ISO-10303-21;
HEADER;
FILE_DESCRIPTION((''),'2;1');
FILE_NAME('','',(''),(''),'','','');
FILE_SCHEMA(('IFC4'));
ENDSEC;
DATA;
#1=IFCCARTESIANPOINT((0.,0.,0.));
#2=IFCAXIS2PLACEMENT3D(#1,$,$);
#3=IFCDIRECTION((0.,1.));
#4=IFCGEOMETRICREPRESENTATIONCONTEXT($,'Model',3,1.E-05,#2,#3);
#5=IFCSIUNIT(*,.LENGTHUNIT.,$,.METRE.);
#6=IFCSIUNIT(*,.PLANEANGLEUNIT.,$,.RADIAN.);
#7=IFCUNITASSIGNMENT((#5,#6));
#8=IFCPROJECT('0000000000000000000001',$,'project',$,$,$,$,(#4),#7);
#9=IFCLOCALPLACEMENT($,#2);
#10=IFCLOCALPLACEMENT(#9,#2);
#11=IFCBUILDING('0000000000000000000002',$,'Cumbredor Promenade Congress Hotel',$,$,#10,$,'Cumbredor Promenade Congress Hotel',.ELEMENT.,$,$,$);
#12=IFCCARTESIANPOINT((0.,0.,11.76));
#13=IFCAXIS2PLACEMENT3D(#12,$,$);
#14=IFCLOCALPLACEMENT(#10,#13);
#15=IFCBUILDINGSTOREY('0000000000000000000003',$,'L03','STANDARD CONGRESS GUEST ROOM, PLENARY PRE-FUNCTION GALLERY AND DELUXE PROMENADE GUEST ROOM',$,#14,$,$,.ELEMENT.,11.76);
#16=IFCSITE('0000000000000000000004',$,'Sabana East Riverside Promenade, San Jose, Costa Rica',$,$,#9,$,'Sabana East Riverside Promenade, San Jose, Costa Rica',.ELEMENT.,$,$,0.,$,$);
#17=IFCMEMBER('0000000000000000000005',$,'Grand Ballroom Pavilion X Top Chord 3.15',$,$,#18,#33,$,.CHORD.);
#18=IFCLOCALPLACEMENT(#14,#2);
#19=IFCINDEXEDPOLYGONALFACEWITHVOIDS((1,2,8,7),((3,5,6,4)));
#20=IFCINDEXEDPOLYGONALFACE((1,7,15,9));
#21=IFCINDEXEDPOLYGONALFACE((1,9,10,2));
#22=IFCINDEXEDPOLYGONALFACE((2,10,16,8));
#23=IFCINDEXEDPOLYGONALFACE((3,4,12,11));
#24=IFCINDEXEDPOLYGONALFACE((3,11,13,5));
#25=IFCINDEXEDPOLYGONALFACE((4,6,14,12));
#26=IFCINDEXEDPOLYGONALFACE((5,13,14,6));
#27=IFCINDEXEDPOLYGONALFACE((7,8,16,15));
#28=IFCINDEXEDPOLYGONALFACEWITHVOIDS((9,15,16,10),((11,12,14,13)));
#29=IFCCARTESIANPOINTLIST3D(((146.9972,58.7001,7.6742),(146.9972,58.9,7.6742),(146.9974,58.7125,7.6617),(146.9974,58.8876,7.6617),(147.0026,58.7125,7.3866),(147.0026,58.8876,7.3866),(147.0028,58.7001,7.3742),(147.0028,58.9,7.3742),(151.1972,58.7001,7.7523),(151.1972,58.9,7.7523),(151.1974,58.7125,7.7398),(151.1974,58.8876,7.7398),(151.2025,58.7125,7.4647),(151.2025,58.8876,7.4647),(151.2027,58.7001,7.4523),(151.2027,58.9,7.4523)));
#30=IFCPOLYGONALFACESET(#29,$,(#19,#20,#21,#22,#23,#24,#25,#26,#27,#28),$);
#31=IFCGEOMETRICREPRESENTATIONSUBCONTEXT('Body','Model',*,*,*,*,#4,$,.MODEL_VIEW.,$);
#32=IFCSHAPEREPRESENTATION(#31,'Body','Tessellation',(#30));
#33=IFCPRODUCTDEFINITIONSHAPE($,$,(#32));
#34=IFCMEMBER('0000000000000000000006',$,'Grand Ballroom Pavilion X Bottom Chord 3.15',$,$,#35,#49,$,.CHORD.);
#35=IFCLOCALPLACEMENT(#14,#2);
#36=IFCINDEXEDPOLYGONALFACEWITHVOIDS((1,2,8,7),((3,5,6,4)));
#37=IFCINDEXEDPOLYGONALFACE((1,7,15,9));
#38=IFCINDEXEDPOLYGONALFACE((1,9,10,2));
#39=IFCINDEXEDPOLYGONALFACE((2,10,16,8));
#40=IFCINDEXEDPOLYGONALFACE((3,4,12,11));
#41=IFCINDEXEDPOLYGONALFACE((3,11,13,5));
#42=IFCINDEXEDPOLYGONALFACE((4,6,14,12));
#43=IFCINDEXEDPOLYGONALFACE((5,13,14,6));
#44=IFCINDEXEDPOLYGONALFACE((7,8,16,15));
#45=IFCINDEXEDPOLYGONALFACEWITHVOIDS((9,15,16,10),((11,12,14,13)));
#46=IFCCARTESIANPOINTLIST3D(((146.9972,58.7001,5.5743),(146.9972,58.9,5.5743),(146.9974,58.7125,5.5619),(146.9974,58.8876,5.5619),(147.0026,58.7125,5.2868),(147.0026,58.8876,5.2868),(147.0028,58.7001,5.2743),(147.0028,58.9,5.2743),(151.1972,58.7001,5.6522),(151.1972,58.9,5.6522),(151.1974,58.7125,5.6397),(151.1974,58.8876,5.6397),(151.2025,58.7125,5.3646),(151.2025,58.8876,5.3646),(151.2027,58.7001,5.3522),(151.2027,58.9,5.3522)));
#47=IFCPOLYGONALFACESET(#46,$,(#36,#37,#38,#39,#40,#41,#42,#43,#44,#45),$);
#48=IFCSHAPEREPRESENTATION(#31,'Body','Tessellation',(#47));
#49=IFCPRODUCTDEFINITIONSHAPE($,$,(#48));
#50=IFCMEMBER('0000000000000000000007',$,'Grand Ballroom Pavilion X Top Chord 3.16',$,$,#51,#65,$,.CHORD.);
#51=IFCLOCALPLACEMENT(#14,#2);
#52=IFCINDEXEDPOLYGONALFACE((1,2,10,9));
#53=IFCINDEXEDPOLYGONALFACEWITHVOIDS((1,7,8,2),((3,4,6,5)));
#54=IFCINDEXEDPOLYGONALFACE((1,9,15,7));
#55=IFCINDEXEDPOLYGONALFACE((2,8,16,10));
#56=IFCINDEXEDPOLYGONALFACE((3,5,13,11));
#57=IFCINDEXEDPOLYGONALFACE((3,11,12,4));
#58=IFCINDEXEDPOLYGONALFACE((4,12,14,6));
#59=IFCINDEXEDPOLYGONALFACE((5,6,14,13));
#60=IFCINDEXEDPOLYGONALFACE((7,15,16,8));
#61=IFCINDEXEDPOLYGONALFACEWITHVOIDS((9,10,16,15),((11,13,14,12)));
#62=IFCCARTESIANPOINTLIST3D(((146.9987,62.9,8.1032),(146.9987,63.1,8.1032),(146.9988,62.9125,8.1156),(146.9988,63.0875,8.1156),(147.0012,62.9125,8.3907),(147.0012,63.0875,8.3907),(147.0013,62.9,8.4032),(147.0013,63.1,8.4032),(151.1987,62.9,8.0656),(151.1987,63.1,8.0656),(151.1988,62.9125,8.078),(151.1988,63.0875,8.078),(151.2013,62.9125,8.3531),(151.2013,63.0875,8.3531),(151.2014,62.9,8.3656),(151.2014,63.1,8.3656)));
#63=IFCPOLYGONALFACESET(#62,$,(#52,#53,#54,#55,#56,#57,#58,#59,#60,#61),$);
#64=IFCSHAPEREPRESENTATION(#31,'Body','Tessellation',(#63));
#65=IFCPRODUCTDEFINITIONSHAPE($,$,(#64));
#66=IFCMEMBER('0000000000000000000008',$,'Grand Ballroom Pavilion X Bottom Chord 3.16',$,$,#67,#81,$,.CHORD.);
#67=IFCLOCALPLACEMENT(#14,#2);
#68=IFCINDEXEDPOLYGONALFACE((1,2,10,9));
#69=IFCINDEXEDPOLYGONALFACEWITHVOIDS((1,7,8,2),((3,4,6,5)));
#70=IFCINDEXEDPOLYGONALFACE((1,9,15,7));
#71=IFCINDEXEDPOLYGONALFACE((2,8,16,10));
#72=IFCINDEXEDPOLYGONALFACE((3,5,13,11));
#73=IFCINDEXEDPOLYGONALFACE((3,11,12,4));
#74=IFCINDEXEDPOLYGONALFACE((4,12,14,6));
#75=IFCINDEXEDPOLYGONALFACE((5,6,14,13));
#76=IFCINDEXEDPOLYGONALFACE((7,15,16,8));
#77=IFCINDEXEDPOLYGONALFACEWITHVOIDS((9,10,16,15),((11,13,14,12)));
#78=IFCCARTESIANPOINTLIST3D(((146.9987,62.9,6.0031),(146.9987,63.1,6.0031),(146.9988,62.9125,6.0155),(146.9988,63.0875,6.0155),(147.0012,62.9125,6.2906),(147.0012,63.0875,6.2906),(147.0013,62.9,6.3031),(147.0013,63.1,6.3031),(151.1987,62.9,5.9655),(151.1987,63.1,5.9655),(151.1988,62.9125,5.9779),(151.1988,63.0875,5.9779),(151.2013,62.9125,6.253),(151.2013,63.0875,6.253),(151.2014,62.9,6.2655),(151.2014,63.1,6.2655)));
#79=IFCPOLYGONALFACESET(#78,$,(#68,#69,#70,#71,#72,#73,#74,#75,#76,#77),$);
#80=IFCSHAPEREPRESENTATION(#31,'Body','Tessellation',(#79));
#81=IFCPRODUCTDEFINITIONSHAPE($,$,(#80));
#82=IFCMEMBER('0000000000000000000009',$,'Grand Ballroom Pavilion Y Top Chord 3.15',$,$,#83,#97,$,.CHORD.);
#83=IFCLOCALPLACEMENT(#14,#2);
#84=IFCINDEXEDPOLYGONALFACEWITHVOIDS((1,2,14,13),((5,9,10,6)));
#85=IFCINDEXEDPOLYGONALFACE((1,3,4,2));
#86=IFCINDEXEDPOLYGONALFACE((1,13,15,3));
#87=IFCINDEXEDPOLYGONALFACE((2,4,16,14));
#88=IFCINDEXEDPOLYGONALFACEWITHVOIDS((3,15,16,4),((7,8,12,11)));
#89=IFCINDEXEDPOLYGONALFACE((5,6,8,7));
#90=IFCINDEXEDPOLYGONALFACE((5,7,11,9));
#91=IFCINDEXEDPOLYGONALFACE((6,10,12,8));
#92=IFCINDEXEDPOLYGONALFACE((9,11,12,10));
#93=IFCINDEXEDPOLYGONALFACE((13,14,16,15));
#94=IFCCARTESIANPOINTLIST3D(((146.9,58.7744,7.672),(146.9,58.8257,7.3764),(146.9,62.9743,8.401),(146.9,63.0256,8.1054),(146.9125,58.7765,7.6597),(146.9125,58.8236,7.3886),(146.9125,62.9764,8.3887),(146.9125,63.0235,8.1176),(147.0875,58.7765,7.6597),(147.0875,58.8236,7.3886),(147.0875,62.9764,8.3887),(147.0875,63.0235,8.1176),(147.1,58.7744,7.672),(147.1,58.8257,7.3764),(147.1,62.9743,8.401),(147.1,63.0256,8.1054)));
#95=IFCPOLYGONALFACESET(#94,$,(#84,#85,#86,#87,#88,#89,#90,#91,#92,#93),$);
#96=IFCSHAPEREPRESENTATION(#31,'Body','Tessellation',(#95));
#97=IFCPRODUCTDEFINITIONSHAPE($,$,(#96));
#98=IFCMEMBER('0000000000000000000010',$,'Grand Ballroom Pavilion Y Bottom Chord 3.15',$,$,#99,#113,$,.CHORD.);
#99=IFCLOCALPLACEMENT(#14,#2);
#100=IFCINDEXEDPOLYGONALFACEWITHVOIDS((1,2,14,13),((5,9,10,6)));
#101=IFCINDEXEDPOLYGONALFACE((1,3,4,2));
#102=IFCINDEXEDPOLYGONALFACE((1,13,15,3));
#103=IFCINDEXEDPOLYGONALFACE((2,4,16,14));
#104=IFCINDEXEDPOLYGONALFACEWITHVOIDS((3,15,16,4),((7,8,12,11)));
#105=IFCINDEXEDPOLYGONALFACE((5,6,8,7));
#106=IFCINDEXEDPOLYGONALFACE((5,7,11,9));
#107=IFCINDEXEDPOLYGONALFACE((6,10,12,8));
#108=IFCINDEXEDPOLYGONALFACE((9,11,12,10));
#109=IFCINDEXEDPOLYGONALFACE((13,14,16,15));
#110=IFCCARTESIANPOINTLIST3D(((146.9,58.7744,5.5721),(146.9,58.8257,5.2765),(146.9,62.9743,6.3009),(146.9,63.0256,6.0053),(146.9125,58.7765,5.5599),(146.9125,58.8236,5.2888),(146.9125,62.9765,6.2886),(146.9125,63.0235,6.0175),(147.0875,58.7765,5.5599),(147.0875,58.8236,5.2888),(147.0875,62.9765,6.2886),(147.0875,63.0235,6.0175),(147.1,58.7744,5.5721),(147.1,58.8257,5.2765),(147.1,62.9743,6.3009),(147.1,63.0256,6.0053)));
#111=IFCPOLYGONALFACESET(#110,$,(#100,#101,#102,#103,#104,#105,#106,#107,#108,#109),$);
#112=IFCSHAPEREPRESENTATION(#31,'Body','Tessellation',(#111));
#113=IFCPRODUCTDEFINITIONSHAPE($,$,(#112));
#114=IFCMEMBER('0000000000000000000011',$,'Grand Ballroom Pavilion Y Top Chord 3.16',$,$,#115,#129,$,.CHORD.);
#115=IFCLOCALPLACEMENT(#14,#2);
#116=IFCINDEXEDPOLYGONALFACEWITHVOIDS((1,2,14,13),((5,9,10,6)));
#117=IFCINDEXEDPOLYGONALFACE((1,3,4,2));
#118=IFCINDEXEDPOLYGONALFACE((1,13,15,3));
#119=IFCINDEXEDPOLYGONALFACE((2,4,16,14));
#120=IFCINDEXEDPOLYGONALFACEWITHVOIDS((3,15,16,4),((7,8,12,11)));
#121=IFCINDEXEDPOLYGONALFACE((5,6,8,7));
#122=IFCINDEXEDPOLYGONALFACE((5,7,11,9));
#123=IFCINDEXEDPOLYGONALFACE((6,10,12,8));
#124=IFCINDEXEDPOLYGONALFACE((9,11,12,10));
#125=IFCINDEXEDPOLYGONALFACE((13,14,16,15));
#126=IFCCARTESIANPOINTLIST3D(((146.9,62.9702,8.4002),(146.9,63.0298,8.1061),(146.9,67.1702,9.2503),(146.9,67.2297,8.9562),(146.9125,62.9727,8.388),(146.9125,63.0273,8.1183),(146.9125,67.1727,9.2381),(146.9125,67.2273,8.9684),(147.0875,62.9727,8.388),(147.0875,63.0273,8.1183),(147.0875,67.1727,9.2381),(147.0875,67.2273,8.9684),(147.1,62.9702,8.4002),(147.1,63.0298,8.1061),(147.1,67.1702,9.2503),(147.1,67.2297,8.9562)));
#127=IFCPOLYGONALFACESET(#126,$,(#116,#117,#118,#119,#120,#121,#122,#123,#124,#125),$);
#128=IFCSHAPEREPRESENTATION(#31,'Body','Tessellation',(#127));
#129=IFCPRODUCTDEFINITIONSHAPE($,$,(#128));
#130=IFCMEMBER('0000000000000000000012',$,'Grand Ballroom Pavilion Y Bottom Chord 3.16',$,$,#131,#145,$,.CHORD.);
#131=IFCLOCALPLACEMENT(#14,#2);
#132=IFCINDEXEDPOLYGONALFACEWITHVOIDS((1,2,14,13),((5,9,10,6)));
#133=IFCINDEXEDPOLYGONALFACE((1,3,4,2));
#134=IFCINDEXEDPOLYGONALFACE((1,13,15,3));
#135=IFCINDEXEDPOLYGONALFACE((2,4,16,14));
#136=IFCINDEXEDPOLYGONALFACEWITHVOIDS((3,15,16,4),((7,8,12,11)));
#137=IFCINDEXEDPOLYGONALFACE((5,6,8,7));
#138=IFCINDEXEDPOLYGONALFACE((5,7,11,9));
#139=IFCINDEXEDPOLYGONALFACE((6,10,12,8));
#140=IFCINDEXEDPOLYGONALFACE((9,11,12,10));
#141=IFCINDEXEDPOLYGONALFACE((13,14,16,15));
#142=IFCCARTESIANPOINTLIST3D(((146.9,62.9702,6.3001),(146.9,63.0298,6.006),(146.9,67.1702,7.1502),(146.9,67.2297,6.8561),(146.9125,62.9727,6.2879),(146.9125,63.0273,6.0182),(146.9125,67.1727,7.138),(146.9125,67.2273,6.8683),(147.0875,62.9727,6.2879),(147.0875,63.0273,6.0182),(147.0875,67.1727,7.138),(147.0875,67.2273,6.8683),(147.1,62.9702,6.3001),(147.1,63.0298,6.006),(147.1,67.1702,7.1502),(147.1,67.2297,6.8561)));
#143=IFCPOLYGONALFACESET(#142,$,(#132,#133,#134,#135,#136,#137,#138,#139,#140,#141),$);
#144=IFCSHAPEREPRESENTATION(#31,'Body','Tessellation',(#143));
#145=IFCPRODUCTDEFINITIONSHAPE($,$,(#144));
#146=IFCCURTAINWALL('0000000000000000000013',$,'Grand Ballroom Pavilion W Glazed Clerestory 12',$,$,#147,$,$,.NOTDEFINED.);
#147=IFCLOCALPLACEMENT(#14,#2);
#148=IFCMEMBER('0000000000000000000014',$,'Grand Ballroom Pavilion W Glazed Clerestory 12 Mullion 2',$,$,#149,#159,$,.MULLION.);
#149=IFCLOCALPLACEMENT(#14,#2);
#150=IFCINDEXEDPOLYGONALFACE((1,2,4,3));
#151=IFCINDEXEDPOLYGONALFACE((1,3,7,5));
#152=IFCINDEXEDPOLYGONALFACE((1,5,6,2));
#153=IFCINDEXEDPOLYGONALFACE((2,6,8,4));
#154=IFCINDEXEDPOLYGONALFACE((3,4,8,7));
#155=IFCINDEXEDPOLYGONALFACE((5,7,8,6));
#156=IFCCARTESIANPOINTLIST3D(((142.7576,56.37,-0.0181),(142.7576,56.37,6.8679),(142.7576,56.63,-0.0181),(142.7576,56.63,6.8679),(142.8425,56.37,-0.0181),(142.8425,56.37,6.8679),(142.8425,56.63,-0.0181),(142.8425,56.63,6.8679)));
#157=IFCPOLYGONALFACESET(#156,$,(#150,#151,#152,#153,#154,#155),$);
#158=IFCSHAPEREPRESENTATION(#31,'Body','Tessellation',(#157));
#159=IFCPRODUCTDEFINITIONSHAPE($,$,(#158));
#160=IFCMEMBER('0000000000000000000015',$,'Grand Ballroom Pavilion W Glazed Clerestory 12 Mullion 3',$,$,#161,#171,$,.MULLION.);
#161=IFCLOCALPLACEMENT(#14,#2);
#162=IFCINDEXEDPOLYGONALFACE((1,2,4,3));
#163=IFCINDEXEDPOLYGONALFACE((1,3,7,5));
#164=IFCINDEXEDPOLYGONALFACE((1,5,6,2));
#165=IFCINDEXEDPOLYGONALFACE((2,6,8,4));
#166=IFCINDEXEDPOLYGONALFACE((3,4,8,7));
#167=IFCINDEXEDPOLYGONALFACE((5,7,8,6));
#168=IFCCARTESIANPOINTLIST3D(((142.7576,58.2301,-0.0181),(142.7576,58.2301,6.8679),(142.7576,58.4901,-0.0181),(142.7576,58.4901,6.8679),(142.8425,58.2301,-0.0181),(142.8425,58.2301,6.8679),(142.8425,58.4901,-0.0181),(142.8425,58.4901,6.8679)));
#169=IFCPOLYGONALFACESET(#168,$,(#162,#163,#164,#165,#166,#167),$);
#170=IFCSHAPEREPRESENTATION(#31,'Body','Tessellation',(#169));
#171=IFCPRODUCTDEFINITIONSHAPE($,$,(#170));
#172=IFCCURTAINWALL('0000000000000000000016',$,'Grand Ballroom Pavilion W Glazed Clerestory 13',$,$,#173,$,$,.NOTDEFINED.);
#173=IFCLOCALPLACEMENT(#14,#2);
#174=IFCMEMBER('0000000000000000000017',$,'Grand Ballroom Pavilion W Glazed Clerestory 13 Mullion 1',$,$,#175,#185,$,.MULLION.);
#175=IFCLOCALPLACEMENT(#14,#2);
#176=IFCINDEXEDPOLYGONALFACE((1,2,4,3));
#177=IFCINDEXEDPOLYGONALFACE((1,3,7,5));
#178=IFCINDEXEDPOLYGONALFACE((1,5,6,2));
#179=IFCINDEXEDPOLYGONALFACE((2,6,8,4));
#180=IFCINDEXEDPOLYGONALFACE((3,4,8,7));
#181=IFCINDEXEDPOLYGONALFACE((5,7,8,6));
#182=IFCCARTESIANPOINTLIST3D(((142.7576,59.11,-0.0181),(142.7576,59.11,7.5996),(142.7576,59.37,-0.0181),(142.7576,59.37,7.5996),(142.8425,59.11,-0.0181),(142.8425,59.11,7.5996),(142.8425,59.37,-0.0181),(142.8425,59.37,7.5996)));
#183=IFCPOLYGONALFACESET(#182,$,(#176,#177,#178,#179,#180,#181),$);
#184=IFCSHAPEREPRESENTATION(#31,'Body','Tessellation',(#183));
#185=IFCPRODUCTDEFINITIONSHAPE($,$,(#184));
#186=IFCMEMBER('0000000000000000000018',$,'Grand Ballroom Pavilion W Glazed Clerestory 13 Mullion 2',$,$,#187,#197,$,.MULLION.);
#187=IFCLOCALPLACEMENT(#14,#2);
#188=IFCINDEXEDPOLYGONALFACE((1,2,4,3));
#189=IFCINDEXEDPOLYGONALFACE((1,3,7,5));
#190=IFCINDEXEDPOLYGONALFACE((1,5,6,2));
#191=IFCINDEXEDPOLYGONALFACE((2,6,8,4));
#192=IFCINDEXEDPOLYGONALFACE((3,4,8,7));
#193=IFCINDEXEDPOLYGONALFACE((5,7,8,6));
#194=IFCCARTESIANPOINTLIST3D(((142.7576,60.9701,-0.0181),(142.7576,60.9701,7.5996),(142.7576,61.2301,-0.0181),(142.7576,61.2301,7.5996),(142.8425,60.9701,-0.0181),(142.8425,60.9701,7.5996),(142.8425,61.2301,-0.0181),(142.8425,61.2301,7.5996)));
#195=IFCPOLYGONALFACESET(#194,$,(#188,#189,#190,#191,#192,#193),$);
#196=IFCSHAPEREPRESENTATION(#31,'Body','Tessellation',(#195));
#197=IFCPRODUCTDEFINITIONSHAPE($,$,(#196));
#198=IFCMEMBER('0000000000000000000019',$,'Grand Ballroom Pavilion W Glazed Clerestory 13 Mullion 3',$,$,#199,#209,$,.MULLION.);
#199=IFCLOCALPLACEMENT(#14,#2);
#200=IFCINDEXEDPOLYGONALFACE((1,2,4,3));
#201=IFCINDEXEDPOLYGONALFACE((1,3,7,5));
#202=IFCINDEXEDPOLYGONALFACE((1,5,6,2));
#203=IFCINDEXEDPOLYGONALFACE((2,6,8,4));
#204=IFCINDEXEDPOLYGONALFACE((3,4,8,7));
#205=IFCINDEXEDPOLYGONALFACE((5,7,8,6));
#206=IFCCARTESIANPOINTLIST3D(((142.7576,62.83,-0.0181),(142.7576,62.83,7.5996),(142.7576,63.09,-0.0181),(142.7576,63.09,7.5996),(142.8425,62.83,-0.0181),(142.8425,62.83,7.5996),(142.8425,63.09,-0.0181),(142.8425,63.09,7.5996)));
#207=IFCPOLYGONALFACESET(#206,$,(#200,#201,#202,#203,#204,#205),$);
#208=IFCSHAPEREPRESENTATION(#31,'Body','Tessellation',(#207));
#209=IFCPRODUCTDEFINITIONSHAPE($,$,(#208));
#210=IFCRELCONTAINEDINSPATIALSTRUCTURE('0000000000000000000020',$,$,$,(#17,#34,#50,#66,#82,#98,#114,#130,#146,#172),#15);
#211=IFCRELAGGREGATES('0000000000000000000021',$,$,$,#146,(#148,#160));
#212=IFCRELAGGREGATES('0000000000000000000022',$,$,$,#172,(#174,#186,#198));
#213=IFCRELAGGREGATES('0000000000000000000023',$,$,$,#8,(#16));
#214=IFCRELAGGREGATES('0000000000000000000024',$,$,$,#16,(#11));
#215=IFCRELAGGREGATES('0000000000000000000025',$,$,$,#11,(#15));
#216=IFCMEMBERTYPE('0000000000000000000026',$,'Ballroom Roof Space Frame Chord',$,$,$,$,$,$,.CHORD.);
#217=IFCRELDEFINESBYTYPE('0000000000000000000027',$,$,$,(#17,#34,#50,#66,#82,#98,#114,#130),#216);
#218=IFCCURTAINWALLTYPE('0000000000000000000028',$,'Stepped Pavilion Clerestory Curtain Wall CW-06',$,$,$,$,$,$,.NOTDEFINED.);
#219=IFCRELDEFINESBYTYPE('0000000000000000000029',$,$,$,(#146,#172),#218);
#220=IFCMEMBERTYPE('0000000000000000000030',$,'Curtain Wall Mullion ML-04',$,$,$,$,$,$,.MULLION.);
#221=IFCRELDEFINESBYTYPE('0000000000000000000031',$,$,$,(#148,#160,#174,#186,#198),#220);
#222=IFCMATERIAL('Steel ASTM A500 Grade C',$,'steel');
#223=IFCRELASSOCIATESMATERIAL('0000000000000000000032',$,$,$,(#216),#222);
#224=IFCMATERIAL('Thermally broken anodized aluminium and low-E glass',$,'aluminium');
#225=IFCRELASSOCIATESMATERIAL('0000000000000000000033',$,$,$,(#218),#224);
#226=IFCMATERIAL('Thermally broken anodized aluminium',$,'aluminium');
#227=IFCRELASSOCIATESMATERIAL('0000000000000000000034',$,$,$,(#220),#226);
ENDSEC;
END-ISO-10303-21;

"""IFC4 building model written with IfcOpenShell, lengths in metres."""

from ifc_helpers import new_model, si_unit, direction, frame, origin, origin_2d, place, context, subcontext, project, spatial, rectangle, hollow_rectangle, extrude, material, material_profile, profile_set, type_object, element, aggregate, save


model = new_model("IFC4")

# Units and contexts
model_context = context("Model", 3, precision=1e-05, world=origin(), true_north=direction((0.0, 1.0)))
body_context = subcontext(model_context, "Body", "Model", "MODEL_VIEW")
ifc_project = project(units=[si_unit("LENGTHUNIT", "METRE"), si_unit("PLANEANGLEUNIT", "RADIAN")], contexts=[model_context])

# Site, building, storey
site_placement = place(None, origin())
site = spatial("IfcSite", under=ifc_project, at=site_placement, Name="Sabana East Riverside Promenade, San Jose, Costa Rica", LongName="Sabana East Riverside Promenade, San Jose, Costa Rica", CompositionType="ELEMENT", RefElevation=0.0)
building_placement = place(site_placement, origin())
building = spatial("IfcBuilding", under=site, at=building_placement, Name="Cumbredor Promenade Congress Hotel", LongName="Cumbredor Promenade Congress Hotel", CompositionType="ELEMENT")
storey_placement = place(building_placement, frame((0.0, 0.0, 11.76)))
storey = spatial("IfcBuildingStorey", under=building, at=storey_placement, Name="L03", Description="STANDARD CONGRESS GUEST ROOM, PLENARY PRE-FUNCTION GALLERY AND DELUXE PROMENADE GUEST ROOM", CompositionType="ELEMENT", Elevation=11.76)

# Members
ifc_material_1 = material(Name="Steel ASTM A500 Grade C", Category="steel")
ifc_material_profile_1 = material_profile(ifc_material_1, hollow_rectangle(XDim=0.2, YDim=0.3, WallThickness=0.0125, at=origin_2d()), Name="HSS 300x200x12.5")
ifc_profile_set_1 = profile_set([ifc_material_profile_1], Name="Steel ASTM A500 Grade C")
member_type_1 = type_object("IfcMemberType", Name="Ballroom Roof Space Frame Chord", PredefinedType="CHORD", material=ifc_profile_set_1)
for number, where, z_axis, x_axis, name in (
    (1, (147.0, 58.8, 7.5242), (0.999827, 0.0, 0.018598), (0.0, 1.0, 0.0), "Grand Ballroom Pavilion X Top Chord 3.15"),
    (2, (147.0, 58.8, 5.4243), (0.999828, 0.0, 0.01854), (0.0, 1.0, 0.0), "Grand Ballroom Pavilion X Bottom Chord 3.15"),
):
    element("IfcMember", number, at=place(storey_placement, frame(where, z_axis=z_axis, x_axis=x_axis)), inside=storey, type_object=member_type_1, Name=name, PredefinedType="CHORD", context=body_context, shape_type="SweptSolid", body=[
        extrude(hollow_rectangle(XDim=0.2, YDim=0.3, WallThickness=0.0125, at=origin_2d()), origin(), (0.0, 0.0, 1.0), 4.2007),
    ])
for number, where, z_axis, x_axis, name in (
    (3, (147.0, 63.0, 8.2532), (0.99996, 0.0, -0.008952), (0.0, 1.0, 0.0), "Grand Ballroom Pavilion X Top Chord 3.16"),
    (4, (147.0, 63.0, 6.1531), (0.99996, 0.0, -0.008952), (0.0, 1.0, 0.0), "Grand Ballroom Pavilion X Bottom Chord 3.16"),
):
    element("IfcMember", number, at=place(storey_placement, frame(where, z_axis=z_axis, x_axis=x_axis)), inside=storey, type_object=member_type_1, Name=name, PredefinedType="CHORD", context=body_context, shape_type="SweptSolid", body=[
        extrude(hollow_rectangle(XDim=0.2, YDim=0.3, WallThickness=0.0125, at=origin_2d()), origin(), (0.0, 0.0, 1.0), 4.2002),
    ])
for number, where, z_axis, x_axis, name in (
    (5, (147.0, 58.8, 7.5242), (0.0, 0.985268, 0.171017), (-1.0, 0.0, 0.0), "Grand Ballroom Pavilion Y Top Chord 3.15"),
    (6, (147.0, 58.8, 5.4243), (0.0, 0.985278, 0.170962), (-1.0, 0.0, 0.0), "Grand Ballroom Pavilion Y Bottom Chord 3.15"),
):
    element("IfcMember", number, at=place(storey_placement, frame(where, z_axis=z_axis, x_axis=x_axis)), inside=storey, type_object=member_type_1, Name=name, PredefinedType="CHORD", context=body_context, shape_type="SweptSolid", body=[
        extrude(hollow_rectangle(XDim=0.2, YDim=0.3, WallThickness=0.0125, at=origin_2d()), origin(), (0.0, 0.0, 1.0), 4.2627),
    ])
for number, where, z_axis, x_axis, name in (
    (7, (147.0, 63.0, 8.2532), (0.0, 0.980124, 0.198384), (-1.0, 0.0, 0.0), "Grand Ballroom Pavilion Y Top Chord 3.16"),
    (8, (147.0, 63.0, 6.1531), (0.0, 0.980124, 0.198384), (-1.0, 0.0, 0.0), "Grand Ballroom Pavilion Y Bottom Chord 3.16"),
):
    element("IfcMember", number, at=place(storey_placement, frame(where, z_axis=z_axis, x_axis=x_axis)), inside=storey, type_object=member_type_1, Name=name, PredefinedType="CHORD", context=body_context, shape_type="SweptSolid", body=[
        extrude(hollow_rectangle(XDim=0.2, YDim=0.3, WallThickness=0.0125, at=origin_2d()), origin(), (0.0, 0.0, 1.0), 4.2852),
    ])

# Curtain walls, members
ifc_material_2 = material(Name="Thermally broken anodized aluminium and low-E glass", Category="aluminium")
curtain_wall_type = type_object("IfcCurtainWallType", Name="Stepped Pavilion Clerestory Curtain Wall CW-06", PredefinedType="NOTDEFINED", material=ifc_material_2)
curtain_wall_1_placement = place(storey_placement, origin())
curtain_wall_1 = element("IfcCurtainWall", 9, at=curtain_wall_1_placement, inside=storey, type_object=curtain_wall_type, Name="Grand Ballroom Pavilion W Glazed Clerestory 12", PredefinedType="NOTDEFINED")
ifc_material_3 = material(Name="Thermally broken anodized aluminium", Category="aluminium")
ifc_material_profile_2 = material_profile(ifc_material_3, rectangle(XDim=0.085, YDim=0.26, at=origin_2d()), Name="ALU MULLION CLERESTORY 85x260")
ifc_profile_set_2 = profile_set([ifc_material_profile_2], Name="Thermally broken anodized aluminium")
member_type_2 = type_object("IfcMemberType", Name="Curtain Wall Mullion ML-04", PredefinedType="MULLION", material=ifc_profile_set_2)
member_1_placement = place(storey_placement, frame((142.8, 56.5, -0.0181), z_axis=(0.0, 0.0, 1.0), x_axis=(1.0, 0.0, 0.0)))
member_1 = element("IfcMember", 10, at=member_1_placement, type_object=member_type_2, Name="Grand Ballroom Pavilion W Glazed Clerestory 12 Mullion 2", PredefinedType="MULLION", context=body_context, shape_type="SweptSolid", body=[
    extrude(rectangle(XDim=0.085, YDim=0.26, at=origin_2d()), origin(), (0.0, 0.0, 1.0), 6.886),
])
member_2_placement = place(storey_placement, frame((142.8, 58.3601, -0.0181), z_axis=(0.0, 0.0, 1.0), x_axis=(1.0, 0.0, 0.0)))
member_2 = element("IfcMember", 11, at=member_2_placement, type_object=member_type_2, Name="Grand Ballroom Pavilion W Glazed Clerestory 12 Mullion 3", PredefinedType="MULLION", context=body_context, shape_type="SweptSolid", body=[
    extrude(rectangle(XDim=0.085, YDim=0.26, at=origin_2d()), origin(), (0.0, 0.0, 1.0), 6.886),
])
curtain_wall_2_placement = place(storey_placement, origin())
curtain_wall_2 = element("IfcCurtainWall", 12, at=curtain_wall_2_placement, inside=storey, type_object=curtain_wall_type, Name="Grand Ballroom Pavilion W Glazed Clerestory 13", PredefinedType="NOTDEFINED")
member_3_placement = place(storey_placement, frame((142.8, 59.24, -0.0181), z_axis=(0.0, 0.0, 1.0), x_axis=(1.0, 0.0, 0.0)))
member_3 = element("IfcMember", 13, at=member_3_placement, type_object=member_type_2, Name="Grand Ballroom Pavilion W Glazed Clerestory 13 Mullion 1", PredefinedType="MULLION", context=body_context, shape_type="SweptSolid", body=[
    extrude(rectangle(XDim=0.085, YDim=0.26, at=origin_2d()), origin(), (0.0, 0.0, 1.0), 7.6177),
])
member_4_placement = place(storey_placement, frame((142.8, 61.1001, -0.0181), z_axis=(0.0, 0.0, 1.0), x_axis=(1.0, 0.0, 0.0)))
member_4 = element("IfcMember", 14, at=member_4_placement, type_object=member_type_2, Name="Grand Ballroom Pavilion W Glazed Clerestory 13 Mullion 2", PredefinedType="MULLION", context=body_context, shape_type="SweptSolid", body=[
    extrude(rectangle(XDim=0.085, YDim=0.26, at=origin_2d()), origin(), (0.0, 0.0, 1.0), 7.6177),
])
member_5_placement = place(storey_placement, frame((142.8, 62.96, -0.0181), z_axis=(0.0, 0.0, 1.0), x_axis=(1.0, 0.0, 0.0)))
member_5 = element("IfcMember", 15, at=member_5_placement, type_object=member_type_2, Name="Grand Ballroom Pavilion W Glazed Clerestory 13 Mullion 3", PredefinedType="MULLION", context=body_context, shape_type="SweptSolid", body=[
    extrude(rectangle(XDim=0.085, YDim=0.26, at=origin_2d()), origin(), (0.0, 0.0, 1.0), 7.6177),
])

aggregate(curtain_wall_1, [member_1, member_2])
aggregate(curtain_wall_2, [member_3, member_4, member_5])

save(model, "model.ifc")
